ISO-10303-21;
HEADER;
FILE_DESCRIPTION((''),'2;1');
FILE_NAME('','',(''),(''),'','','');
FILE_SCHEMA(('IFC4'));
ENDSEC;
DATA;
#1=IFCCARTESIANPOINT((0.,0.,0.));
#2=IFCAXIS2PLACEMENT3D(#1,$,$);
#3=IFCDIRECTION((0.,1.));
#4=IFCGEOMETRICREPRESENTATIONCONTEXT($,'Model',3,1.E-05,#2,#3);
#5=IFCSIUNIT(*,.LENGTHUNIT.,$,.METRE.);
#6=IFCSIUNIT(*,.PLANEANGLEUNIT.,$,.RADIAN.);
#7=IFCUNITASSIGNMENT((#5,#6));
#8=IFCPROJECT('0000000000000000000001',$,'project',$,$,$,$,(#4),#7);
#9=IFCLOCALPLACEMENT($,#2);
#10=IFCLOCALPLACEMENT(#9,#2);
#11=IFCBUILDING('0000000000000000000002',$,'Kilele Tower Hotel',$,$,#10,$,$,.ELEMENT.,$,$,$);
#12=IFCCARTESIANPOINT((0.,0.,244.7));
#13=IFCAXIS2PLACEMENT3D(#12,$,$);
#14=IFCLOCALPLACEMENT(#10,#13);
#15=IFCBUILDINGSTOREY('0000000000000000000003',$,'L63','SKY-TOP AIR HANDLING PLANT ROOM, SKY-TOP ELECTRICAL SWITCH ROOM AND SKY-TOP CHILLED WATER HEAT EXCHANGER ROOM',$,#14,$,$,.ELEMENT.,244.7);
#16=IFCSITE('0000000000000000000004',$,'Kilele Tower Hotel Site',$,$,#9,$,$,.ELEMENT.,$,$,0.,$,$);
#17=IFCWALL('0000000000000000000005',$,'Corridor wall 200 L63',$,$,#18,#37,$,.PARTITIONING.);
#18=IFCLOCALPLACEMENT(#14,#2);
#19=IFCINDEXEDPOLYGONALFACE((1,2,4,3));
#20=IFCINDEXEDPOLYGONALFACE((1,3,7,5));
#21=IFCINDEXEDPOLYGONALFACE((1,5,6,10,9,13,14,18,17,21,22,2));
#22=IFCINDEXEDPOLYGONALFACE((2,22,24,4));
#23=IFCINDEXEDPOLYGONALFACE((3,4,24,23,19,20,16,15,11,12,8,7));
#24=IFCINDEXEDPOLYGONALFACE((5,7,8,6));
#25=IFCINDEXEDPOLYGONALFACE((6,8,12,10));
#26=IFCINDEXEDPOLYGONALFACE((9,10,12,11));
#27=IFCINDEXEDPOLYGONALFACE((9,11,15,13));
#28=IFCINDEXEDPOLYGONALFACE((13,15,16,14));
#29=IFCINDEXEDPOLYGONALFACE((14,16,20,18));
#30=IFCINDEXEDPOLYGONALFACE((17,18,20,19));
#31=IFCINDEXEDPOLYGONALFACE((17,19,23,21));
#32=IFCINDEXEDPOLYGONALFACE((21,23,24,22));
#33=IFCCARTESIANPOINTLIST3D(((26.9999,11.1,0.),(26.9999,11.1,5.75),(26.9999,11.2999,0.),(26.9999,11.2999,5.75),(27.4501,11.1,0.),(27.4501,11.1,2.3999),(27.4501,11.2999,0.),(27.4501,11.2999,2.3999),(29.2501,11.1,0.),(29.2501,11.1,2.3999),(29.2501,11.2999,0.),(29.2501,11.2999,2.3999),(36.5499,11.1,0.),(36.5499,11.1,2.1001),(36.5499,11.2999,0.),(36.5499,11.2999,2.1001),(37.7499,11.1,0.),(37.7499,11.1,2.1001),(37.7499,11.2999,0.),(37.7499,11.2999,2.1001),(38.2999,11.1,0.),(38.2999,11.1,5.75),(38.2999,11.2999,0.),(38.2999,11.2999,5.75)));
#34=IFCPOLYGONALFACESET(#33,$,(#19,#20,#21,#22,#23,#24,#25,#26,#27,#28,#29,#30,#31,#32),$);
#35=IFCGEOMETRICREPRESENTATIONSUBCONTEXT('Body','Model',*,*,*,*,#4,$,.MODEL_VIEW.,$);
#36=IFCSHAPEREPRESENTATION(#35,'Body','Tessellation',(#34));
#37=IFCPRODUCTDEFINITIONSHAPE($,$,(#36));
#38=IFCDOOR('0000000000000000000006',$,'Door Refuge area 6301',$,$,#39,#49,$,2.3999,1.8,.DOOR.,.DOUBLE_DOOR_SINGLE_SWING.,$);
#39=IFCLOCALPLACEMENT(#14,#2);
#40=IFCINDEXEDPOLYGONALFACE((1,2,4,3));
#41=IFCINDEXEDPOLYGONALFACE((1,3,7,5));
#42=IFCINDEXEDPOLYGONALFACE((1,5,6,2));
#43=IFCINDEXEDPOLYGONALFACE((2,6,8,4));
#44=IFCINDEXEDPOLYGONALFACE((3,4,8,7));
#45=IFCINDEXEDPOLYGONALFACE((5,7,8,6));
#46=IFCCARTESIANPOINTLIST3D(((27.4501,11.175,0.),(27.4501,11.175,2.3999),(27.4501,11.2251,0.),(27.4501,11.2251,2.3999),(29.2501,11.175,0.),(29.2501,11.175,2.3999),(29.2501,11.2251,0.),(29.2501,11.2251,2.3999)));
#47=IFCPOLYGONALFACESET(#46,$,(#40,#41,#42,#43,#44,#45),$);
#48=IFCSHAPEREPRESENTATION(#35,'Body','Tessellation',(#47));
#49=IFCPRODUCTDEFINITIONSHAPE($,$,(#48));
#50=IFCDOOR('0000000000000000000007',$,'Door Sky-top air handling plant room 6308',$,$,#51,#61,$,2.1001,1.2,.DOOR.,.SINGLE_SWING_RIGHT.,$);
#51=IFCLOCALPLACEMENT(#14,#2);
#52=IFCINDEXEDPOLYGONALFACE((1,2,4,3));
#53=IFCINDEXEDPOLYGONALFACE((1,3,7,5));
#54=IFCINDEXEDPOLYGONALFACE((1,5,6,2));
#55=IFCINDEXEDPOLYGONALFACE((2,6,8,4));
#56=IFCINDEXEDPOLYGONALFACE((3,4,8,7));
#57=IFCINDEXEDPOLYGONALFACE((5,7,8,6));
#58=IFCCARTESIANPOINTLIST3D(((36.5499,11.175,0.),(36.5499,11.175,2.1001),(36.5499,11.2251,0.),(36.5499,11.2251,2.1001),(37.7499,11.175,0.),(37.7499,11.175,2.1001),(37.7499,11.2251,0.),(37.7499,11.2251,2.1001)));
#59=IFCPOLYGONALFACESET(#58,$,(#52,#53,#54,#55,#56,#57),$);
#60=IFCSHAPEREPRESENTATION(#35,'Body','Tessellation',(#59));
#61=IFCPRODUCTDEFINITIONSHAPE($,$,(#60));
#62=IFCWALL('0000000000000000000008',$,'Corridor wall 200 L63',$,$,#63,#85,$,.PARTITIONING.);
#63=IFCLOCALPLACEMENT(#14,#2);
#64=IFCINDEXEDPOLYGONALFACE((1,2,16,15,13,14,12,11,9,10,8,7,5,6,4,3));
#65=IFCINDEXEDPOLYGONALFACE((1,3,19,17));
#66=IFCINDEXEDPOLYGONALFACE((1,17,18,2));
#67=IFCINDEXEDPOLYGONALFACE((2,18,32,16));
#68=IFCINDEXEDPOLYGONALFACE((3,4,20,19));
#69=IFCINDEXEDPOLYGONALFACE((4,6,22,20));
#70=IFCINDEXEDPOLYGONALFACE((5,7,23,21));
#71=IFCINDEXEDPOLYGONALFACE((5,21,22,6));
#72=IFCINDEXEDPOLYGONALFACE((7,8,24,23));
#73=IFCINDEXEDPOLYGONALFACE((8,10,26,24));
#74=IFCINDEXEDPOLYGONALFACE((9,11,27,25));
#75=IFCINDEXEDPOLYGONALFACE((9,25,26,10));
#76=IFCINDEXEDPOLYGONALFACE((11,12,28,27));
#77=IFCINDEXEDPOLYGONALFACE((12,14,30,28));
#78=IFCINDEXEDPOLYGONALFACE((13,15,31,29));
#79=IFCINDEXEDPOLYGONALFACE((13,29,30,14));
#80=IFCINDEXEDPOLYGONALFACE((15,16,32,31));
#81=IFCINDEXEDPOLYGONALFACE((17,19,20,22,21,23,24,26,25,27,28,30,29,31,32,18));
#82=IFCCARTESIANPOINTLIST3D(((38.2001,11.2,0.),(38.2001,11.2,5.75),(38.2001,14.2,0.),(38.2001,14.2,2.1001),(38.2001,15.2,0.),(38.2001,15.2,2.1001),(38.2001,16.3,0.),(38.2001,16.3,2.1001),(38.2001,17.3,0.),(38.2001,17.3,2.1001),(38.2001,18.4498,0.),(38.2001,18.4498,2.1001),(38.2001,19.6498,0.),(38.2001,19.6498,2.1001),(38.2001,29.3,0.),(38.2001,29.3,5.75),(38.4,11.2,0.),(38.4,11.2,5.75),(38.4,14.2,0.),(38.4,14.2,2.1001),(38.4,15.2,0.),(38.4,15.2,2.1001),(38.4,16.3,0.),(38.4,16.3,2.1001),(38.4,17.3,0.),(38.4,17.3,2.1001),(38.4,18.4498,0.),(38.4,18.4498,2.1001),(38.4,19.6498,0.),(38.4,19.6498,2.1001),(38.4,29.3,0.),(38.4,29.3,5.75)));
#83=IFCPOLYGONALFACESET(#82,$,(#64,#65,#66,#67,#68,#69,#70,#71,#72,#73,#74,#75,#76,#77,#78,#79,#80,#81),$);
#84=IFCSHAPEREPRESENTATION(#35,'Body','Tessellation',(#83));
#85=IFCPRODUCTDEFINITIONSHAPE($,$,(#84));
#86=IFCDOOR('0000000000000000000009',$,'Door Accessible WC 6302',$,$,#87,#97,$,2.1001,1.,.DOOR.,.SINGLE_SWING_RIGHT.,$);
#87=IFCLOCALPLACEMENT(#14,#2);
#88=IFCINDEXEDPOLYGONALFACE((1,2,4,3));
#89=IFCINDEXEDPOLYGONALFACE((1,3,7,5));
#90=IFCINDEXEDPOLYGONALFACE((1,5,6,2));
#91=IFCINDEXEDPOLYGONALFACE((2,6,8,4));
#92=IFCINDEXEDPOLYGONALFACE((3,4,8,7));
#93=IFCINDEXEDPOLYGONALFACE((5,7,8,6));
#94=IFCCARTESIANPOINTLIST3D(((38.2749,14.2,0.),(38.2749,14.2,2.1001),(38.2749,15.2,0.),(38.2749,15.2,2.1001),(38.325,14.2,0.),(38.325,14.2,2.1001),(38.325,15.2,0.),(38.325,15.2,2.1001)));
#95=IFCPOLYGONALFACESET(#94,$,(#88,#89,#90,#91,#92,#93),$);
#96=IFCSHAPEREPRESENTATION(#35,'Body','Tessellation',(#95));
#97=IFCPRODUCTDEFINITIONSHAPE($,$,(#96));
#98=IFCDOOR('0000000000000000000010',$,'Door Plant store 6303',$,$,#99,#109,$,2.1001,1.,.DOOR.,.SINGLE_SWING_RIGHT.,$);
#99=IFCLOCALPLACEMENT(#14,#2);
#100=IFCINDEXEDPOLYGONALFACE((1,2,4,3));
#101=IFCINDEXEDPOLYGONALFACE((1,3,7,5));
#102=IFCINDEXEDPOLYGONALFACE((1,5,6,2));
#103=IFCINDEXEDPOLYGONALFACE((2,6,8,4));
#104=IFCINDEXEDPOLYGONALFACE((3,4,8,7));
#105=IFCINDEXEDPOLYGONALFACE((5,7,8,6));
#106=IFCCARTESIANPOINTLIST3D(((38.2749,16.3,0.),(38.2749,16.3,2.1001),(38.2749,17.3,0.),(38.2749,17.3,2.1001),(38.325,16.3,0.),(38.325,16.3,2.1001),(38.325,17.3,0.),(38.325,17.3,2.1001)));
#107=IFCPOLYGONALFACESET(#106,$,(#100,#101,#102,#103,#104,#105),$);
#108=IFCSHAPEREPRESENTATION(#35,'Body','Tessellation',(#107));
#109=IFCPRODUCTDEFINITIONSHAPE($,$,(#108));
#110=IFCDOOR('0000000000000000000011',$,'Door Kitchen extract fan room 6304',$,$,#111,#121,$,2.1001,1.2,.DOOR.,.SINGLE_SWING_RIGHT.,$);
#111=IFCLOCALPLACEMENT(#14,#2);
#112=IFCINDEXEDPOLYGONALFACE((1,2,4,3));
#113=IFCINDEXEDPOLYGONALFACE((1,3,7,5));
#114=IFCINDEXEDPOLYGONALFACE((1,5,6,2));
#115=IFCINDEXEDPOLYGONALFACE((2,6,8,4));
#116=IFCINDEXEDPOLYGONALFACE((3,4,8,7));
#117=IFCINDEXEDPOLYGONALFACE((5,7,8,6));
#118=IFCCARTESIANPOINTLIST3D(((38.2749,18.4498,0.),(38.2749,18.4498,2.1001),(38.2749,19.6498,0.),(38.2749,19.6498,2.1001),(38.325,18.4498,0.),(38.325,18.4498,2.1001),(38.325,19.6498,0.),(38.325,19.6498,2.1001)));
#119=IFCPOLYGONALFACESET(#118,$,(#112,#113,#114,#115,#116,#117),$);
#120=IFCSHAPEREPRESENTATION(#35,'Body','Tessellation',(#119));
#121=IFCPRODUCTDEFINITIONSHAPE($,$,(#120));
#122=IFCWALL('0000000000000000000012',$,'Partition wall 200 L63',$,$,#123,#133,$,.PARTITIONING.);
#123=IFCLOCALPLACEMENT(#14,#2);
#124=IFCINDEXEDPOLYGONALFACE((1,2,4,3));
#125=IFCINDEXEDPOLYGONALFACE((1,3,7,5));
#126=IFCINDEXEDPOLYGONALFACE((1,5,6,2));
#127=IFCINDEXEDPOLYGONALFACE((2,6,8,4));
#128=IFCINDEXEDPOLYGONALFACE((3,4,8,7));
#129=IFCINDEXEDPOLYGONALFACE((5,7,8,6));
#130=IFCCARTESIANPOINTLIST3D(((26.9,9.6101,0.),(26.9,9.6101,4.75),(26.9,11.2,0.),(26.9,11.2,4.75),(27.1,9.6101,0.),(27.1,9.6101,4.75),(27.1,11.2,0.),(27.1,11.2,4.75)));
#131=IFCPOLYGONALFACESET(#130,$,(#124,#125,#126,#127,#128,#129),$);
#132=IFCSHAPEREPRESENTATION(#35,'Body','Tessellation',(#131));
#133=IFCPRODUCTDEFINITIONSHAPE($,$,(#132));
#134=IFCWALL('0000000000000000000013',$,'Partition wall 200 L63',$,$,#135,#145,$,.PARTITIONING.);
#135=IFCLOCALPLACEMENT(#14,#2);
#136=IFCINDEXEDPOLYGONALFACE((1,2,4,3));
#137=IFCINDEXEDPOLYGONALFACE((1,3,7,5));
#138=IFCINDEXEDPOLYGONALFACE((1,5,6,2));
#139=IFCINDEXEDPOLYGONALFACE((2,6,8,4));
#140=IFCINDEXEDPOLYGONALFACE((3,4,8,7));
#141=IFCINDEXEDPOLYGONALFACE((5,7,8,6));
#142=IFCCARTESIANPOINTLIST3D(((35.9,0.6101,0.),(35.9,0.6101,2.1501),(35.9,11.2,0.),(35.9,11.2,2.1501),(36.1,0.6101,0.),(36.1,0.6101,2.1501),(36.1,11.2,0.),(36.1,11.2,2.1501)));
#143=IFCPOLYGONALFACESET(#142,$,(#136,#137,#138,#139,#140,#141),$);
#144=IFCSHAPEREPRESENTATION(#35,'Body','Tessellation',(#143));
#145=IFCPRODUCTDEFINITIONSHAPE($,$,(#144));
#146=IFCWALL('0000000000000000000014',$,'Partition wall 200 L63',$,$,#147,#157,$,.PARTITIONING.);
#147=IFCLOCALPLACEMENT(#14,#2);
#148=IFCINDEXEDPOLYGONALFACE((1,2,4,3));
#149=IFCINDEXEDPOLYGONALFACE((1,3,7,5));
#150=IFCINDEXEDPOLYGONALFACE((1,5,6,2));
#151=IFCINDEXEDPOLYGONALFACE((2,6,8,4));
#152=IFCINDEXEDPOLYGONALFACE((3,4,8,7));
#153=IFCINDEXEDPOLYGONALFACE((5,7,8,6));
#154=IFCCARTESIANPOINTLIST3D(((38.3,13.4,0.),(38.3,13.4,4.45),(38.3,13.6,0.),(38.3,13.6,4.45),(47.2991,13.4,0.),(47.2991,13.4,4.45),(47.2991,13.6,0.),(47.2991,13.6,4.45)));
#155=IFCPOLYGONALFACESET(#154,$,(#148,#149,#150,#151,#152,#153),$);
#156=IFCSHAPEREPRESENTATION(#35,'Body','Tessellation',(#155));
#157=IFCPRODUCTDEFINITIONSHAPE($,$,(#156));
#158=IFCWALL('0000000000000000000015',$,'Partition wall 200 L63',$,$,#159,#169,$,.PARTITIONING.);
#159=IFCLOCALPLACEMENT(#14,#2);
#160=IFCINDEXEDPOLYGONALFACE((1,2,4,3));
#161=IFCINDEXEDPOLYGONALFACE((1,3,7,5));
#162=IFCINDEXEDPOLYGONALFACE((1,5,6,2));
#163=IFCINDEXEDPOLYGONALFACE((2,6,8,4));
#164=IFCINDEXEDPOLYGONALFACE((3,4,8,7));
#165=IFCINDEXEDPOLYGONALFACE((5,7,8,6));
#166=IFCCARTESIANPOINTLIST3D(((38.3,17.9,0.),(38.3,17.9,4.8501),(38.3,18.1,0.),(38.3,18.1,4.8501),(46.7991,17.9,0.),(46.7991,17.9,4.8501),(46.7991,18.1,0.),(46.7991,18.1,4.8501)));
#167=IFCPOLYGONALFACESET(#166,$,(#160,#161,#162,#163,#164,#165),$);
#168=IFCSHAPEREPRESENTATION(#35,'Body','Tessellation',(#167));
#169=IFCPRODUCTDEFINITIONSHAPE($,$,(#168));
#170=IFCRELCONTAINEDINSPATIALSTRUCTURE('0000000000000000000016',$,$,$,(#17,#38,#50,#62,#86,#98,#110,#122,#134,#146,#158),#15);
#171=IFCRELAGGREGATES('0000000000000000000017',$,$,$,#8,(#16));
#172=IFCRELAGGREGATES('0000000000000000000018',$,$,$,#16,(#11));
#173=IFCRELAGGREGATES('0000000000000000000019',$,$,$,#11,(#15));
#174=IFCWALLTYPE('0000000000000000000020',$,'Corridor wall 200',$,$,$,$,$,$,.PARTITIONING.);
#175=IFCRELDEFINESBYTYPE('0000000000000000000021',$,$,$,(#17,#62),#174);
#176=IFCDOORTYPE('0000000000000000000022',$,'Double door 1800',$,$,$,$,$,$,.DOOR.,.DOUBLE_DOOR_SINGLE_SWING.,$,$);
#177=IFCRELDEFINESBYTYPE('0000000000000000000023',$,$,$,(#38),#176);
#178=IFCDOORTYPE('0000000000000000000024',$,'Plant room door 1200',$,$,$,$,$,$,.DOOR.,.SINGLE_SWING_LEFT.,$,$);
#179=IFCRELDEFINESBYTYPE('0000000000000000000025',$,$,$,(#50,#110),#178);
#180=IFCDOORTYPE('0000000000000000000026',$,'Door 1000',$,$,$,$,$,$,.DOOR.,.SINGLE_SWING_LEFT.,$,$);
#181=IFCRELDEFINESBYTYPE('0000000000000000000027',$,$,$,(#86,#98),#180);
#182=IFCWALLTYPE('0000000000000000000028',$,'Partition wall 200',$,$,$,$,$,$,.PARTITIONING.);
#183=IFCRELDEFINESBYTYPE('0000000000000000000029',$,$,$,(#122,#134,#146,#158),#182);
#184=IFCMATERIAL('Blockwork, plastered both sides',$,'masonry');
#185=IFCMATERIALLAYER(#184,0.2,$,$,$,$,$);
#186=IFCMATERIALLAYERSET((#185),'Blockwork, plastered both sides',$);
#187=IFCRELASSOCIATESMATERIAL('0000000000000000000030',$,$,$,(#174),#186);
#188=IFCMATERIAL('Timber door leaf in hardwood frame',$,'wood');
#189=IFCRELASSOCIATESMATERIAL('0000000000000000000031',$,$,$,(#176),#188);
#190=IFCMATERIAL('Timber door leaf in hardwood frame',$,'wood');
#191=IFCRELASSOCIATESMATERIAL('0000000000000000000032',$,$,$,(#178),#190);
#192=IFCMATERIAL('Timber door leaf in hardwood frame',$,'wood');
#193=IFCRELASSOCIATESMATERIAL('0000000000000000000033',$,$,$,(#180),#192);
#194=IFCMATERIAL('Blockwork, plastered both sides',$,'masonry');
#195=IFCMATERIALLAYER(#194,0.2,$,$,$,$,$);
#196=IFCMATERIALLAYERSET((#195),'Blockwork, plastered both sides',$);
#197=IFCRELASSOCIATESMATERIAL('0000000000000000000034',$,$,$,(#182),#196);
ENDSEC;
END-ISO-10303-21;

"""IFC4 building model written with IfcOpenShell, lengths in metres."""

from ifc_helpers import new_model, si_unit, direction, frame, frame_2d, origin, place, context, subcontext, project, spatial, rectangle, extrude, material, layer, layer_set, type_object, element, fill, save


model = new_model("IFC4")

# Units and contexts
model_context = context("Model", 3, precision=1e-05, world=origin(), true_north=direction((0.0, 1.0)))
body_context = subcontext(model_context, "Body", "Model", "MODEL_VIEW")
ifc_project = project(units=[si_unit("LENGTHUNIT", "METRE"), si_unit("PLANEANGLEUNIT", "RADIAN")], contexts=[model_context])

# Site, building, storey
site_placement = place(None, origin())
site = spatial("IfcSite", under=ifc_project, at=site_placement, Name="Kilele Tower Hotel Site", CompositionType="ELEMENT", RefElevation=0.0)
building_placement = place(site_placement, origin())
building = spatial("IfcBuilding", under=site, at=building_placement, Name="Kilele Tower Hotel", CompositionType="ELEMENT")
storey_placement = place(building_placement, frame((0.0, 0.0, 244.7)))
storey = spatial("IfcBuildingStorey", under=building, at=storey_placement, Name="L63", Description="SKY-TOP AIR HANDLING PLANT ROOM, SKY-TOP ELECTRICAL SWITCH ROOM AND SKY-TOP CHILLED WATER HEAT EXCHANGER ROOM", CompositionType="ELEMENT", Elevation=244.7)

# Walls, openings, doors
ifc_material_1 = material(Name="Blockwork, plastered both sides", Category="masonry")
ifc_layer_1 = layer(ifc_material_1, 0.2)
ifc_layer_set_1 = layer_set([ifc_layer_1], Name="Blockwork, plastered both sides")
wall_type_1 = type_object("IfcWallType", Name="Corridor wall 200", PredefinedType="PARTITIONING", material=ifc_layer_set_1)
wall_1_placement = place(storey_placement, frame((27.0, 11.2, 0.0), z_axis=(0.0, 0.0, 1.0), x_axis=(1.0, 0.0, 0.0)))
wall_1 = element("IfcWall", 1, at=wall_1_placement, inside=storey, type_object=wall_type_1, Name="Corridor wall 200 L63", PredefinedType="PARTITIONING", context=body_context, shape_type="SweptSolid", body=[
    extrude(rectangle(XDim=11.3, YDim=0.2, at=frame_2d((5.6499, 0.0))), origin(), (0.0, 0.0, 1.0), 5.75),
])
opening_1_placement = place(wall_1_placement, frame((2.25, 0.0, 0.0), z_axis=(0.0, 0.0, 1.0), x_axis=(-1.0, 0.0, 0.0)))
opening_1 = element("IfcOpeningElement", 2, at=opening_1_placement, cuts=wall_1, PredefinedType="OPENING", context=body_context, shape_type="SweptSolid", body=[
    extrude(rectangle(XDim=1.8, YDim=2.3999, at=frame_2d((0.8999, 1.2))), frame((0.0, 0.1099, 0.0), z_axis=(0.0, -1.0, 0.0), x_axis=(1.0, 0.0, 0.0)), (0.0, 0.0, 1.0), 0.22),
])
opening_2_placement = place(wall_1_placement, frame((10.75, 0.0, 0.0), z_axis=(0.0, 0.0, 1.0), x_axis=(-1.0, 0.0, 0.0)))
opening_2 = element("IfcOpeningElement", 3, at=opening_2_placement, cuts=wall_1, PredefinedType="OPENING", context=body_context, shape_type="SweptSolid", body=[
    extrude(rectangle(XDim=1.2, YDim=2.1001, at=frame_2d((0.6001, 1.05))), frame((0.0, 0.1099, 0.0), z_axis=(0.0, -1.0, 0.0), x_axis=(1.0, 0.0, 0.0)), (0.0, 0.0, 1.0), 0.22),
])
ifc_material_2 = material(Name="Timber door leaf in hardwood frame", Category="wood")
door_type_1 = type_object("IfcDoorType", Name="Double door 1800", OperationType="DOUBLE_DOOR_SINGLE_SWING", PredefinedType="DOOR", material=ifc_material_2)
door_1_placement = place(opening_1_placement, origin())
door_1 = element("IfcDoor", 4, at=door_1_placement, inside=storey, type_object=door_type_1, Name="Door Refuge area 6301", OperationType="DOUBLE_DOOR_SINGLE_SWING", OverallHeight=2.3999, OverallWidth=1.8, PredefinedType="DOOR", context=body_context, shape_type="SweptSolid", body=[
    extrude(rectangle(XDim=1.8, YDim=2.3999, at=frame_2d((0.8999, 1.2))), frame((0.0, 0.0249, 0.0), z_axis=(0.0, -1.0, 0.0), x_axis=(1.0, 0.0, 0.0)), (0.0, 0.0, 1.0), 0.05),
])
fill(opening_1, door_1)
ifc_material_3 = material(Name="Timber door leaf in hardwood frame", Category="wood")
door_type_2 = type_object("IfcDoorType", Name="Plant room door 1200", OperationType="SINGLE_SWING_LEFT", PredefinedType="DOOR", material=ifc_material_3)
door_2_placement = place(opening_2_placement, origin())
door_2 = element("IfcDoor", 5, at=door_2_placement, inside=storey, type_object=door_type_2, Name="Door Sky-top air handling plant room 6308", OperationType="SINGLE_SWING_RIGHT", OverallHeight=2.1001, OverallWidth=1.2, PredefinedType="DOOR", context=body_context, shape_type="SweptSolid", body=[
    extrude(rectangle(XDim=1.2, YDim=2.1001, at=frame_2d((0.6001, 1.05))), frame((0.0, 0.0249, 0.0), z_axis=(0.0, -1.0, 0.0), x_axis=(1.0, 0.0, 0.0)), (0.0, 0.0, 1.0), 0.05),
])
fill(opening_2, door_2)
wall_2_placement = place(storey_placement, frame((38.3, 11.2, 0.0), z_axis=(0.0, 0.0, 1.0), x_axis=(0.0, 1.0, 0.0)))
wall_2 = element("IfcWall", 6, at=wall_2_placement, inside=storey, type_object=wall_type_1, Name="Corridor wall 200 L63", PredefinedType="PARTITIONING", context=body_context, shape_type="SweptSolid", body=[
    extrude(rectangle(XDim=18.1001, YDim=0.2, at=frame_2d((9.05, 0.0))), origin(), (0.0, 0.0, 1.0), 5.75),
])
opening_3_placement = place(wall_2_placement, frame((4.0, 0.0, 0.0), z_axis=(0.0, 0.0, 1.0), x_axis=(-1.0, 0.0, 0.0)))
opening_3 = element("IfcOpeningElement", 7, at=opening_3_placement, cuts=wall_2, PredefinedType="OPENING", context=body_context, shape_type="SweptSolid", body=[
    extrude(rectangle(XDim=1.0, YDim=2.1001, at=frame_2d((0.5, 1.05))), frame((0.0, 0.1099, 0.0), z_axis=(0.0, -1.0, 0.0), x_axis=(1.0, 0.0, 0.0)), (0.0, 0.0, 1.0), 0.22),
])
opening_4_placement = place(wall_2_placement, frame((6.1001, 0.0, 0.0), z_axis=(0.0, 0.0, 1.0), x_axis=(-1.0, 0.0, 0.0)))
opening_4 = element("IfcOpeningElement", 8, at=opening_4_placement, cuts=wall_2, PredefinedType="OPENING", context=body_context, shape_type="SweptSolid", body=[
    extrude(rectangle(XDim=1.0, YDim=2.1001, at=frame_2d((0.5, 1.05))), frame((0.0, 0.1099, 0.0), z_axis=(0.0, -1.0, 0.0), x_axis=(1.0, 0.0, 0.0)), (0.0, 0.0, 1.0), 0.22),
])
opening_5_placement = place(wall_2_placement, frame((8.45, 0.0, 0.0), z_axis=(0.0, 0.0, 1.0), x_axis=(-1.0, 0.0, 0.0)))
opening_5 = element("IfcOpeningElement", 9, at=opening_5_placement, cuts=wall_2, PredefinedType="OPENING", context=body_context, shape_type="SweptSolid", body=[
    extrude(rectangle(XDim=1.2, YDim=2.1001, at=frame_2d((0.6001, 1.05))), frame((0.0, 0.1099, 0.0), z_axis=(0.0, -1.0, 0.0), x_axis=(1.0, 0.0, 0.0)), (0.0, 0.0, 1.0), 0.22),
])
ifc_material_4 = material(Name="Timber door leaf in hardwood frame", Category="wood")
door_type_3 = type_object("IfcDoorType", Name="Door 1000", OperationType="SINGLE_SWING_LEFT", PredefinedType="DOOR", material=ifc_material_4)
door_3_placement = place(opening_3_placement, origin())
door_3 = element("IfcDoor", 10, at=door_3_placement, inside=storey, type_object=door_type_3, Name="Door Accessible WC 6302", OperationType="SINGLE_SWING_RIGHT", OverallHeight=2.1001, OverallWidth=1.0, PredefinedType="DOOR", context=body_context, shape_type="SweptSolid", body=[
    extrude(rectangle(XDim=1.0, YDim=2.1001, at=frame_2d((0.5, 1.05))), frame((0.0, 0.0249, 0.0), z_axis=(0.0, -1.0, 0.0), x_axis=(1.0, 0.0, 0.0)), (0.0, 0.0, 1.0), 0.05),
])
fill(opening_3, door_3)
door_4_placement = place(opening_4_placement, origin())
door_4 = element("IfcDoor", 11, at=door_4_placement, inside=storey, type_object=door_type_3, Name="Door Plant store 6303", OperationType="SINGLE_SWING_RIGHT", OverallHeight=2.1001, OverallWidth=1.0, PredefinedType="DOOR", context=body_context, shape_type="SweptSolid", body=[
    extrude(rectangle(XDim=1.0, YDim=2.1001, at=frame_2d((0.5, 1.05))), frame((0.0, 0.0249, 0.0), z_axis=(0.0, -1.0, 0.0), x_axis=(1.0, 0.0, 0.0)), (0.0, 0.0, 1.0), 0.05),
])
fill(opening_4, door_4)
door_5_placement = place(opening_5_placement, origin())
door_5 = element("IfcDoor", 12, at=door_5_placement, inside=storey, type_object=door_type_2, Name="Door Kitchen extract fan room 6304", OperationType="SINGLE_SWING_RIGHT", OverallHeight=2.1001, OverallWidth=1.2, PredefinedType="DOOR", context=body_context, shape_type="SweptSolid", body=[
    extrude(rectangle(XDim=1.2, YDim=2.1001, at=frame_2d((0.6001, 1.05))), frame((0.0, 0.0249, 0.0), z_axis=(0.0, -1.0, 0.0), x_axis=(1.0, 0.0, 0.0)), (0.0, 0.0, 1.0), 0.05),
])
fill(opening_5, door_5)

# Walls
ifc_material_5 = material(Name="Blockwork, plastered both sides", Category="masonry")
ifc_layer_2 = layer(ifc_material_5, 0.2)
ifc_layer_set_2 = layer_set([ifc_layer_2], Name="Blockwork, plastered both sides")
wall_type_2 = type_object("IfcWallType", Name="Partition wall 200", PredefinedType="PARTITIONING", material=ifc_layer_set_2)
wall_3_placement = place(storey_placement, frame((27.0, 11.2, 0.0), z_axis=(0.0, 0.0, 1.0), x_axis=(0.0, -1.0, 0.0)))
element("IfcWall", 13, at=wall_3_placement, inside=storey, type_object=wall_type_2, Name="Partition wall 200 L63", PredefinedType="PARTITIONING", context=body_context, shape_type="SweptSolid", body=[
    extrude(rectangle(XDim=1.5898, YDim=0.2, at=frame_2d((0.7949, 0.0))), origin(), (0.0, 0.0, 1.0), 4.75),
])
wall_4_placement = place(storey_placement, frame((36.0, 11.2, 0.0), z_axis=(0.0, 0.0, 1.0), x_axis=(0.0, -1.0, 0.0)))
element("IfcWall", 14, at=wall_4_placement, inside=storey, type_object=wall_type_2, Name="Partition wall 200 L63", PredefinedType="PARTITIONING", context=body_context, shape_type="SweptSolid", body=[
    extrude(rectangle(XDim=10.5898, YDim=0.2, at=frame_2d((5.2949, 0.0))), origin(), (0.0, 0.0, 1.0), 2.1501),
])
wall_5_placement = place(storey_placement, frame((38.3, 13.5, 0.0), z_axis=(0.0, 0.0, 1.0), x_axis=(1.0, 0.0, 0.0)))
element("IfcWall", 15, at=wall_5_placement, inside=storey, type_object=wall_type_2, Name="Partition wall 200 L63", PredefinedType="PARTITIONING", context=body_context, shape_type="SweptSolid", body=[
    extrude(rectangle(XDim=8.999, YDim=0.2, at=frame_2d((4.4995, 0.0))), origin(), (0.0, 0.0, 1.0), 4.45),
])
wall_6_placement = place(storey_placement, frame((38.3, 18.0, 0.0), z_axis=(0.0, 0.0, 1.0), x_axis=(1.0, 0.0, 0.0)))
element("IfcWall", 16, at=wall_6_placement, inside=storey, type_object=wall_type_2, Name="Partition wall 200 L63", PredefinedType="PARTITIONING", context=body_context, shape_type="SweptSolid", body=[
    extrude(rectangle(XDim=8.499, YDim=0.2, at=frame_2d((4.2495, 0.0))), origin(), (0.0, 0.0, 1.0), 4.8501),
])

save(model, "model.ifc")
